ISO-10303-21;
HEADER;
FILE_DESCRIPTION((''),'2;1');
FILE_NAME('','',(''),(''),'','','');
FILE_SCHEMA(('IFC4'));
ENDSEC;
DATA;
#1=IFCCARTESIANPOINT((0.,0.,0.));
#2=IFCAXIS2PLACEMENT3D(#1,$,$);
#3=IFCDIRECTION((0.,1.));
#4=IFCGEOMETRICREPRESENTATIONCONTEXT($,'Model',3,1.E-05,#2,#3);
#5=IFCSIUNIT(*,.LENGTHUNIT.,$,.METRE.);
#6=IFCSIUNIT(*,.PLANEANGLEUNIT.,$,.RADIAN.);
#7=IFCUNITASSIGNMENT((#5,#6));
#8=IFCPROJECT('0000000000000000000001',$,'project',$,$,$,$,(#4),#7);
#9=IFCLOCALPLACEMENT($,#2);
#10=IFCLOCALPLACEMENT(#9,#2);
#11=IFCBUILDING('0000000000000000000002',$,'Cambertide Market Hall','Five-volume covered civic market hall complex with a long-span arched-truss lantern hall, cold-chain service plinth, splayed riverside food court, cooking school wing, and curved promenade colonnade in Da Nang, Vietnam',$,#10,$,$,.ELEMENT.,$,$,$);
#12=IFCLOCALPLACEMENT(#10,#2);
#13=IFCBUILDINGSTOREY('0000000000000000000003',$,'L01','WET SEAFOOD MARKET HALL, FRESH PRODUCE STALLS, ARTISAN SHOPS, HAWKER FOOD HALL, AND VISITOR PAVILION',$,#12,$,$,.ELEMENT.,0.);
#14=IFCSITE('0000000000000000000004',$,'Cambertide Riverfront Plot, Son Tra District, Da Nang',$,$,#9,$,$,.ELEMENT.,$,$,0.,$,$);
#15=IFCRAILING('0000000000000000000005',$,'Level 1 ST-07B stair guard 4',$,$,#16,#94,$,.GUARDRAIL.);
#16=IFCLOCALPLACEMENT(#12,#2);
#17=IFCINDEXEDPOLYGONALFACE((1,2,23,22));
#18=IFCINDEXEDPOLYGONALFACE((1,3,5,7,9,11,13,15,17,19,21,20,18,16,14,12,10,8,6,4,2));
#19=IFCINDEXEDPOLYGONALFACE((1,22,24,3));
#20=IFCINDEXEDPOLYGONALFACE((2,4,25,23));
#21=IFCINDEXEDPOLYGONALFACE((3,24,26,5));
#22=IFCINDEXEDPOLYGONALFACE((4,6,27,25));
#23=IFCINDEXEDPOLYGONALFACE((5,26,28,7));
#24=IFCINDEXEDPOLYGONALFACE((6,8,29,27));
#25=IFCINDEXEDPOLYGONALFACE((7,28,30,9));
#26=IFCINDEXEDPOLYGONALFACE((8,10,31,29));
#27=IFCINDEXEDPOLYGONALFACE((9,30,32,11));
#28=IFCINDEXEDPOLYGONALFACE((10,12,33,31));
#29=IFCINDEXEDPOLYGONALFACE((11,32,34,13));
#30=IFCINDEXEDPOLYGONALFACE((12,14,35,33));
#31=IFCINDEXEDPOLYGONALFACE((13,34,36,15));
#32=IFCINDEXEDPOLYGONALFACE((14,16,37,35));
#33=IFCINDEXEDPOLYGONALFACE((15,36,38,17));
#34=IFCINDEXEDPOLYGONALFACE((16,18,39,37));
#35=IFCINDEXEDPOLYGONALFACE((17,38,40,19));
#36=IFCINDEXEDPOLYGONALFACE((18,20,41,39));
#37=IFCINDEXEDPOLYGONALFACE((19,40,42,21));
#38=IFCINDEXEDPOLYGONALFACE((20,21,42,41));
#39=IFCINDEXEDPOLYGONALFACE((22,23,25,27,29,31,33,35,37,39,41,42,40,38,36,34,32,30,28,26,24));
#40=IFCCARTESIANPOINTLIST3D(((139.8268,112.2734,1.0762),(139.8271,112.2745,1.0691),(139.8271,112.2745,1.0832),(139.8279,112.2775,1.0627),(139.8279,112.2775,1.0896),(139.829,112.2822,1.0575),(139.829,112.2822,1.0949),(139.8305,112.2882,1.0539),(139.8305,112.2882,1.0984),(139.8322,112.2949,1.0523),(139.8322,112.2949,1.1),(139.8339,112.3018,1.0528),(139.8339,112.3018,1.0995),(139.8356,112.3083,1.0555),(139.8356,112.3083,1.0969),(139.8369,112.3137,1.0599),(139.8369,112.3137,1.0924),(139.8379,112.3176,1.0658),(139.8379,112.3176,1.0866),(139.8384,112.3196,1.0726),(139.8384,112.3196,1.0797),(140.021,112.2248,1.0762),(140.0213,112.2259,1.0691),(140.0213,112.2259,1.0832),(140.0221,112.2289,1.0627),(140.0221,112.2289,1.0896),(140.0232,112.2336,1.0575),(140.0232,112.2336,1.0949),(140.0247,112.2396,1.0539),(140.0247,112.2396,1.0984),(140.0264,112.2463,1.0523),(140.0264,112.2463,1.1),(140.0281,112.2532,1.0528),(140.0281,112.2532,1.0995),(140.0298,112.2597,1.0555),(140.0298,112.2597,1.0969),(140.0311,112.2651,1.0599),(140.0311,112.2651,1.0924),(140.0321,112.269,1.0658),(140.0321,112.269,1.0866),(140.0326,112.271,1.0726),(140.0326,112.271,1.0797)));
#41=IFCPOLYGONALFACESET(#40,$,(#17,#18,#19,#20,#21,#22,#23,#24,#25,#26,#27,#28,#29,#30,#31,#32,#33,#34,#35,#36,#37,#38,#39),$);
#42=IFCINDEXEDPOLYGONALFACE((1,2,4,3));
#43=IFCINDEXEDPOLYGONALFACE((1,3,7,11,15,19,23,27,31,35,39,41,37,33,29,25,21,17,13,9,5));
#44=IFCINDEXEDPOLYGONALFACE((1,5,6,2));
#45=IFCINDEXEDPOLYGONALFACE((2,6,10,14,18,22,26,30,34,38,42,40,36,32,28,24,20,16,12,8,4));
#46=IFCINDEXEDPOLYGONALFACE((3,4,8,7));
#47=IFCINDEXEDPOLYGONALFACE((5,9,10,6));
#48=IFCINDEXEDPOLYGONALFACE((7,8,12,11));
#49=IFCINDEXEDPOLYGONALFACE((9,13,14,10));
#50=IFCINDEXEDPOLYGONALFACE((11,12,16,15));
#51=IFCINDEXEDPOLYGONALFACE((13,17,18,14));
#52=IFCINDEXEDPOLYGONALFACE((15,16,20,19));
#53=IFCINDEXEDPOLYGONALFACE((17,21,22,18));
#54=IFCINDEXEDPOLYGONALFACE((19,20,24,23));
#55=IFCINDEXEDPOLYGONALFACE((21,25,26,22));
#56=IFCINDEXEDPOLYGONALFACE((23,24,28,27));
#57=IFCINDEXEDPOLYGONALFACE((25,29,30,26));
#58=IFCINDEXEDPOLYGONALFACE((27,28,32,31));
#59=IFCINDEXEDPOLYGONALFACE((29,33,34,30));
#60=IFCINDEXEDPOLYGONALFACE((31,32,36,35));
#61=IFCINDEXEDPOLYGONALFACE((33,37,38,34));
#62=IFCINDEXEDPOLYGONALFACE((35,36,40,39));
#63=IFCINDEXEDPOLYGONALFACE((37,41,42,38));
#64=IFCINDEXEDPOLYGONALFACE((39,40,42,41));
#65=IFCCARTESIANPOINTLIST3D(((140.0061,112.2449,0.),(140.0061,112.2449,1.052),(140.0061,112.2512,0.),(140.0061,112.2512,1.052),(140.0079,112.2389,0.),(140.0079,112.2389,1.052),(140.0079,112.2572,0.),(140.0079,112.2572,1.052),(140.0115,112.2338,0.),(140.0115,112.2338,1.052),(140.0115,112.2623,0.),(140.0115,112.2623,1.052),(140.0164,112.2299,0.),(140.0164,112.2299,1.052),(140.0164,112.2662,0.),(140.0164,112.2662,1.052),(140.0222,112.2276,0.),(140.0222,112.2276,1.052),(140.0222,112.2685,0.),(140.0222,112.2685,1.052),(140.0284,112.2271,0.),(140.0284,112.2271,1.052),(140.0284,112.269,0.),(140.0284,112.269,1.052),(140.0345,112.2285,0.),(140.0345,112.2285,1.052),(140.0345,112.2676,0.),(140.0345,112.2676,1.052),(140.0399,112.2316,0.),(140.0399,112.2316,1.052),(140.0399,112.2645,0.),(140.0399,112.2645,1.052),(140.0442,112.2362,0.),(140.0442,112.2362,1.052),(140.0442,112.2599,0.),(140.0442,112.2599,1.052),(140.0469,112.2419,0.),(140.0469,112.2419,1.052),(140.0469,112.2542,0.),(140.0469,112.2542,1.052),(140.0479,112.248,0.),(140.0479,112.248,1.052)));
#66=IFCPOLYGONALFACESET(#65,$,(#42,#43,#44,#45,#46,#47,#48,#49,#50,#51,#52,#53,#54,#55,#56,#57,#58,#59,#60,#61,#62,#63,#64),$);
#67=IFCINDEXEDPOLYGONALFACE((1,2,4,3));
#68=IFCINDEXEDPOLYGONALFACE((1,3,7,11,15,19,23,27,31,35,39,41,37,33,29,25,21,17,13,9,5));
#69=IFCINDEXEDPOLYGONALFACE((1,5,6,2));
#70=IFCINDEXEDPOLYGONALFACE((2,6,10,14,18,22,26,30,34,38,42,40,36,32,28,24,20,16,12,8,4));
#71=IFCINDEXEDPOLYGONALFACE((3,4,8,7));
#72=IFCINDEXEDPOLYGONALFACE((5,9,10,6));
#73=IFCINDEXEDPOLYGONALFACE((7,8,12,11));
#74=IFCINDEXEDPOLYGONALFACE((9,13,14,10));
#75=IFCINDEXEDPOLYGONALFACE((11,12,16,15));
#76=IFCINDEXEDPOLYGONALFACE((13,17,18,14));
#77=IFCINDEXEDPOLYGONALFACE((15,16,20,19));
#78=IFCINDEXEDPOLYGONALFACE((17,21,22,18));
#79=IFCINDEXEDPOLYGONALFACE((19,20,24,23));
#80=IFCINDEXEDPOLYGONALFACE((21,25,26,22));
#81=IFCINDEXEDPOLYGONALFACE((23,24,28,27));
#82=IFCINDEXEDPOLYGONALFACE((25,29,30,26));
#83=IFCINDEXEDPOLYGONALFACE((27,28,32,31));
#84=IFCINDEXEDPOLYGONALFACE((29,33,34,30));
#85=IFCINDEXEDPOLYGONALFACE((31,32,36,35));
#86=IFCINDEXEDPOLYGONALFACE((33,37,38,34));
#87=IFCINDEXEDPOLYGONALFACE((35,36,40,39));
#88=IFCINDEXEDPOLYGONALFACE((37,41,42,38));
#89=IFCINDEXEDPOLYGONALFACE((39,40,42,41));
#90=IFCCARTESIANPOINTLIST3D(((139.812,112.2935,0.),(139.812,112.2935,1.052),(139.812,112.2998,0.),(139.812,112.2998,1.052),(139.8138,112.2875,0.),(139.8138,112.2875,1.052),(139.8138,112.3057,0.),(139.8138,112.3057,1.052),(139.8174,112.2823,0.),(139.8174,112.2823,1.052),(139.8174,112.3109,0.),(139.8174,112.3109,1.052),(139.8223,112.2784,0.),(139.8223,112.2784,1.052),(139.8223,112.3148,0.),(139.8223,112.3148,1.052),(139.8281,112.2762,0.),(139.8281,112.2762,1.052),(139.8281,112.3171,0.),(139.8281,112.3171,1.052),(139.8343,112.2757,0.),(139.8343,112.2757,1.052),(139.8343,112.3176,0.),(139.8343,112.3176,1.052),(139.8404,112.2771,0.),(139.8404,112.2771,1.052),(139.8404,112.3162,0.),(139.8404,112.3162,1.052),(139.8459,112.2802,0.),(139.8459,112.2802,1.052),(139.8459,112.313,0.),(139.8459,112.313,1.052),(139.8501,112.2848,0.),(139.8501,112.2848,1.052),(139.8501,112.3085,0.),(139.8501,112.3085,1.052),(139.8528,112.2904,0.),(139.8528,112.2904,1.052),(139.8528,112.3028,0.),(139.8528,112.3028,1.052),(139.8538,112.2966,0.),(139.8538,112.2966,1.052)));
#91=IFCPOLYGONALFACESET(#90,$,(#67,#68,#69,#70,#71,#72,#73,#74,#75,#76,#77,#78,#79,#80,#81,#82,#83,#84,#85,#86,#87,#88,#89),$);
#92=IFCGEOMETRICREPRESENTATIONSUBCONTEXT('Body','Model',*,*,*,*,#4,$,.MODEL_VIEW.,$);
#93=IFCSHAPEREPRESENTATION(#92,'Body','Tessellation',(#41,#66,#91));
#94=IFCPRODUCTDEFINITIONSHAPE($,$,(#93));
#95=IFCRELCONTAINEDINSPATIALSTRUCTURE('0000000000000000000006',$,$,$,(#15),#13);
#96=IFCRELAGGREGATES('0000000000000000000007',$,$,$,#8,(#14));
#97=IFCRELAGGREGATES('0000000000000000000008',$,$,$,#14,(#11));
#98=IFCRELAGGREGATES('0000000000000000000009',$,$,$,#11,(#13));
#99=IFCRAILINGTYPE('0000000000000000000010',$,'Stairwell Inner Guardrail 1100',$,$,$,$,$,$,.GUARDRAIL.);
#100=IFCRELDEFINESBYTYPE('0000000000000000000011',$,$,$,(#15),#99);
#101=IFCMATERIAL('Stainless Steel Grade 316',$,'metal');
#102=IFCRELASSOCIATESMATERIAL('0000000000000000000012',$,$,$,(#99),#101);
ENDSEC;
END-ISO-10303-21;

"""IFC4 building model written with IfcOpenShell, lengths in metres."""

from ifc_helpers import new_model, si_unit, direction, frame, origin, origin_2d, place, context, subcontext, project, spatial, circle, extrude, material, type_object, element, save


model = new_model("IFC4")

# Units and contexts
model_context = context("Model", 3, precision=1e-05, world=origin(), true_north=direction((0.0, 1.0)))
body_context = subcontext(model_context, "Body", "Model", "MODEL_VIEW")
ifc_project = project(units=[si_unit("LENGTHUNIT", "METRE"), si_unit("PLANEANGLEUNIT", "RADIAN")], contexts=[model_context])

# Site, building, storey
site_placement = place(None, origin())
site = spatial("IfcSite", under=ifc_project, at=site_placement, Name="Cambertide Riverfront Plot, Son Tra District, Da Nang", CompositionType="ELEMENT", RefElevation=0.0)
building_placement = place(site_placement, origin())
building = spatial("IfcBuilding", under=site, at=building_placement, Name="Cambertide Market Hall", Description="Five-volume covered civic market hall complex with a long-span arched-truss lantern hall, cold-chain service plinth, splayed riverside food court, cooking school wing, and curved promenade colonnade in Da Nang, Vietnam", CompositionType="ELEMENT")
storey_placement = place(building_placement, origin())
storey = spatial("IfcBuildingStorey", under=building, at=storey_placement, Name="L01", Description="WET SEAFOOD MARKET HALL, FRESH PRODUCE STALLS, ARTISAN SHOPS, HAWKER FOOD HALL, AND VISITOR PAVILION", CompositionType="ELEMENT", Elevation=0.0)

# Railing
ifc_material_1 = material(Name="Stainless Steel Grade 316", Category="metal")
railing_type_1 = type_object("IfcRailingType", Name="Stairwell Inner Guardrail 1100", PredefinedType="GUARDRAIL", material=ifc_material_1)
railing_1_placement = place(storey_placement, frame((140.0269, 112.248, 0.0)))
element("IfcRailing", 1, at=railing_1_placement, inside=storey, type_object=railing_type_1, Name="Level 1 ST-07B stair guard 4", PredefinedType="GUARDRAIL", context=body_context, shape_type="SweptSolid", body=[
    extrude(circle(Radius=0.0239, at=origin_2d()), frame((0.0, 0.0, 1.0762), z_axis=(-0.970071, 0.242823, 0.0), x_axis=(-0.242823, -0.970071, 0.0)), (0.0, 0.0, 1.0), 0.2002),
    extrude(circle(Radius=0.021, at=origin_2d()), origin(), (0.0, 0.0, 1.0), 1.052),
    extrude(circle(Radius=0.021, at=origin_2d()), frame((-0.1941, 0.0486, 0.0)), (0.0, 0.0, 1.0), 1.052),
])

save(model, "model.ifc")
